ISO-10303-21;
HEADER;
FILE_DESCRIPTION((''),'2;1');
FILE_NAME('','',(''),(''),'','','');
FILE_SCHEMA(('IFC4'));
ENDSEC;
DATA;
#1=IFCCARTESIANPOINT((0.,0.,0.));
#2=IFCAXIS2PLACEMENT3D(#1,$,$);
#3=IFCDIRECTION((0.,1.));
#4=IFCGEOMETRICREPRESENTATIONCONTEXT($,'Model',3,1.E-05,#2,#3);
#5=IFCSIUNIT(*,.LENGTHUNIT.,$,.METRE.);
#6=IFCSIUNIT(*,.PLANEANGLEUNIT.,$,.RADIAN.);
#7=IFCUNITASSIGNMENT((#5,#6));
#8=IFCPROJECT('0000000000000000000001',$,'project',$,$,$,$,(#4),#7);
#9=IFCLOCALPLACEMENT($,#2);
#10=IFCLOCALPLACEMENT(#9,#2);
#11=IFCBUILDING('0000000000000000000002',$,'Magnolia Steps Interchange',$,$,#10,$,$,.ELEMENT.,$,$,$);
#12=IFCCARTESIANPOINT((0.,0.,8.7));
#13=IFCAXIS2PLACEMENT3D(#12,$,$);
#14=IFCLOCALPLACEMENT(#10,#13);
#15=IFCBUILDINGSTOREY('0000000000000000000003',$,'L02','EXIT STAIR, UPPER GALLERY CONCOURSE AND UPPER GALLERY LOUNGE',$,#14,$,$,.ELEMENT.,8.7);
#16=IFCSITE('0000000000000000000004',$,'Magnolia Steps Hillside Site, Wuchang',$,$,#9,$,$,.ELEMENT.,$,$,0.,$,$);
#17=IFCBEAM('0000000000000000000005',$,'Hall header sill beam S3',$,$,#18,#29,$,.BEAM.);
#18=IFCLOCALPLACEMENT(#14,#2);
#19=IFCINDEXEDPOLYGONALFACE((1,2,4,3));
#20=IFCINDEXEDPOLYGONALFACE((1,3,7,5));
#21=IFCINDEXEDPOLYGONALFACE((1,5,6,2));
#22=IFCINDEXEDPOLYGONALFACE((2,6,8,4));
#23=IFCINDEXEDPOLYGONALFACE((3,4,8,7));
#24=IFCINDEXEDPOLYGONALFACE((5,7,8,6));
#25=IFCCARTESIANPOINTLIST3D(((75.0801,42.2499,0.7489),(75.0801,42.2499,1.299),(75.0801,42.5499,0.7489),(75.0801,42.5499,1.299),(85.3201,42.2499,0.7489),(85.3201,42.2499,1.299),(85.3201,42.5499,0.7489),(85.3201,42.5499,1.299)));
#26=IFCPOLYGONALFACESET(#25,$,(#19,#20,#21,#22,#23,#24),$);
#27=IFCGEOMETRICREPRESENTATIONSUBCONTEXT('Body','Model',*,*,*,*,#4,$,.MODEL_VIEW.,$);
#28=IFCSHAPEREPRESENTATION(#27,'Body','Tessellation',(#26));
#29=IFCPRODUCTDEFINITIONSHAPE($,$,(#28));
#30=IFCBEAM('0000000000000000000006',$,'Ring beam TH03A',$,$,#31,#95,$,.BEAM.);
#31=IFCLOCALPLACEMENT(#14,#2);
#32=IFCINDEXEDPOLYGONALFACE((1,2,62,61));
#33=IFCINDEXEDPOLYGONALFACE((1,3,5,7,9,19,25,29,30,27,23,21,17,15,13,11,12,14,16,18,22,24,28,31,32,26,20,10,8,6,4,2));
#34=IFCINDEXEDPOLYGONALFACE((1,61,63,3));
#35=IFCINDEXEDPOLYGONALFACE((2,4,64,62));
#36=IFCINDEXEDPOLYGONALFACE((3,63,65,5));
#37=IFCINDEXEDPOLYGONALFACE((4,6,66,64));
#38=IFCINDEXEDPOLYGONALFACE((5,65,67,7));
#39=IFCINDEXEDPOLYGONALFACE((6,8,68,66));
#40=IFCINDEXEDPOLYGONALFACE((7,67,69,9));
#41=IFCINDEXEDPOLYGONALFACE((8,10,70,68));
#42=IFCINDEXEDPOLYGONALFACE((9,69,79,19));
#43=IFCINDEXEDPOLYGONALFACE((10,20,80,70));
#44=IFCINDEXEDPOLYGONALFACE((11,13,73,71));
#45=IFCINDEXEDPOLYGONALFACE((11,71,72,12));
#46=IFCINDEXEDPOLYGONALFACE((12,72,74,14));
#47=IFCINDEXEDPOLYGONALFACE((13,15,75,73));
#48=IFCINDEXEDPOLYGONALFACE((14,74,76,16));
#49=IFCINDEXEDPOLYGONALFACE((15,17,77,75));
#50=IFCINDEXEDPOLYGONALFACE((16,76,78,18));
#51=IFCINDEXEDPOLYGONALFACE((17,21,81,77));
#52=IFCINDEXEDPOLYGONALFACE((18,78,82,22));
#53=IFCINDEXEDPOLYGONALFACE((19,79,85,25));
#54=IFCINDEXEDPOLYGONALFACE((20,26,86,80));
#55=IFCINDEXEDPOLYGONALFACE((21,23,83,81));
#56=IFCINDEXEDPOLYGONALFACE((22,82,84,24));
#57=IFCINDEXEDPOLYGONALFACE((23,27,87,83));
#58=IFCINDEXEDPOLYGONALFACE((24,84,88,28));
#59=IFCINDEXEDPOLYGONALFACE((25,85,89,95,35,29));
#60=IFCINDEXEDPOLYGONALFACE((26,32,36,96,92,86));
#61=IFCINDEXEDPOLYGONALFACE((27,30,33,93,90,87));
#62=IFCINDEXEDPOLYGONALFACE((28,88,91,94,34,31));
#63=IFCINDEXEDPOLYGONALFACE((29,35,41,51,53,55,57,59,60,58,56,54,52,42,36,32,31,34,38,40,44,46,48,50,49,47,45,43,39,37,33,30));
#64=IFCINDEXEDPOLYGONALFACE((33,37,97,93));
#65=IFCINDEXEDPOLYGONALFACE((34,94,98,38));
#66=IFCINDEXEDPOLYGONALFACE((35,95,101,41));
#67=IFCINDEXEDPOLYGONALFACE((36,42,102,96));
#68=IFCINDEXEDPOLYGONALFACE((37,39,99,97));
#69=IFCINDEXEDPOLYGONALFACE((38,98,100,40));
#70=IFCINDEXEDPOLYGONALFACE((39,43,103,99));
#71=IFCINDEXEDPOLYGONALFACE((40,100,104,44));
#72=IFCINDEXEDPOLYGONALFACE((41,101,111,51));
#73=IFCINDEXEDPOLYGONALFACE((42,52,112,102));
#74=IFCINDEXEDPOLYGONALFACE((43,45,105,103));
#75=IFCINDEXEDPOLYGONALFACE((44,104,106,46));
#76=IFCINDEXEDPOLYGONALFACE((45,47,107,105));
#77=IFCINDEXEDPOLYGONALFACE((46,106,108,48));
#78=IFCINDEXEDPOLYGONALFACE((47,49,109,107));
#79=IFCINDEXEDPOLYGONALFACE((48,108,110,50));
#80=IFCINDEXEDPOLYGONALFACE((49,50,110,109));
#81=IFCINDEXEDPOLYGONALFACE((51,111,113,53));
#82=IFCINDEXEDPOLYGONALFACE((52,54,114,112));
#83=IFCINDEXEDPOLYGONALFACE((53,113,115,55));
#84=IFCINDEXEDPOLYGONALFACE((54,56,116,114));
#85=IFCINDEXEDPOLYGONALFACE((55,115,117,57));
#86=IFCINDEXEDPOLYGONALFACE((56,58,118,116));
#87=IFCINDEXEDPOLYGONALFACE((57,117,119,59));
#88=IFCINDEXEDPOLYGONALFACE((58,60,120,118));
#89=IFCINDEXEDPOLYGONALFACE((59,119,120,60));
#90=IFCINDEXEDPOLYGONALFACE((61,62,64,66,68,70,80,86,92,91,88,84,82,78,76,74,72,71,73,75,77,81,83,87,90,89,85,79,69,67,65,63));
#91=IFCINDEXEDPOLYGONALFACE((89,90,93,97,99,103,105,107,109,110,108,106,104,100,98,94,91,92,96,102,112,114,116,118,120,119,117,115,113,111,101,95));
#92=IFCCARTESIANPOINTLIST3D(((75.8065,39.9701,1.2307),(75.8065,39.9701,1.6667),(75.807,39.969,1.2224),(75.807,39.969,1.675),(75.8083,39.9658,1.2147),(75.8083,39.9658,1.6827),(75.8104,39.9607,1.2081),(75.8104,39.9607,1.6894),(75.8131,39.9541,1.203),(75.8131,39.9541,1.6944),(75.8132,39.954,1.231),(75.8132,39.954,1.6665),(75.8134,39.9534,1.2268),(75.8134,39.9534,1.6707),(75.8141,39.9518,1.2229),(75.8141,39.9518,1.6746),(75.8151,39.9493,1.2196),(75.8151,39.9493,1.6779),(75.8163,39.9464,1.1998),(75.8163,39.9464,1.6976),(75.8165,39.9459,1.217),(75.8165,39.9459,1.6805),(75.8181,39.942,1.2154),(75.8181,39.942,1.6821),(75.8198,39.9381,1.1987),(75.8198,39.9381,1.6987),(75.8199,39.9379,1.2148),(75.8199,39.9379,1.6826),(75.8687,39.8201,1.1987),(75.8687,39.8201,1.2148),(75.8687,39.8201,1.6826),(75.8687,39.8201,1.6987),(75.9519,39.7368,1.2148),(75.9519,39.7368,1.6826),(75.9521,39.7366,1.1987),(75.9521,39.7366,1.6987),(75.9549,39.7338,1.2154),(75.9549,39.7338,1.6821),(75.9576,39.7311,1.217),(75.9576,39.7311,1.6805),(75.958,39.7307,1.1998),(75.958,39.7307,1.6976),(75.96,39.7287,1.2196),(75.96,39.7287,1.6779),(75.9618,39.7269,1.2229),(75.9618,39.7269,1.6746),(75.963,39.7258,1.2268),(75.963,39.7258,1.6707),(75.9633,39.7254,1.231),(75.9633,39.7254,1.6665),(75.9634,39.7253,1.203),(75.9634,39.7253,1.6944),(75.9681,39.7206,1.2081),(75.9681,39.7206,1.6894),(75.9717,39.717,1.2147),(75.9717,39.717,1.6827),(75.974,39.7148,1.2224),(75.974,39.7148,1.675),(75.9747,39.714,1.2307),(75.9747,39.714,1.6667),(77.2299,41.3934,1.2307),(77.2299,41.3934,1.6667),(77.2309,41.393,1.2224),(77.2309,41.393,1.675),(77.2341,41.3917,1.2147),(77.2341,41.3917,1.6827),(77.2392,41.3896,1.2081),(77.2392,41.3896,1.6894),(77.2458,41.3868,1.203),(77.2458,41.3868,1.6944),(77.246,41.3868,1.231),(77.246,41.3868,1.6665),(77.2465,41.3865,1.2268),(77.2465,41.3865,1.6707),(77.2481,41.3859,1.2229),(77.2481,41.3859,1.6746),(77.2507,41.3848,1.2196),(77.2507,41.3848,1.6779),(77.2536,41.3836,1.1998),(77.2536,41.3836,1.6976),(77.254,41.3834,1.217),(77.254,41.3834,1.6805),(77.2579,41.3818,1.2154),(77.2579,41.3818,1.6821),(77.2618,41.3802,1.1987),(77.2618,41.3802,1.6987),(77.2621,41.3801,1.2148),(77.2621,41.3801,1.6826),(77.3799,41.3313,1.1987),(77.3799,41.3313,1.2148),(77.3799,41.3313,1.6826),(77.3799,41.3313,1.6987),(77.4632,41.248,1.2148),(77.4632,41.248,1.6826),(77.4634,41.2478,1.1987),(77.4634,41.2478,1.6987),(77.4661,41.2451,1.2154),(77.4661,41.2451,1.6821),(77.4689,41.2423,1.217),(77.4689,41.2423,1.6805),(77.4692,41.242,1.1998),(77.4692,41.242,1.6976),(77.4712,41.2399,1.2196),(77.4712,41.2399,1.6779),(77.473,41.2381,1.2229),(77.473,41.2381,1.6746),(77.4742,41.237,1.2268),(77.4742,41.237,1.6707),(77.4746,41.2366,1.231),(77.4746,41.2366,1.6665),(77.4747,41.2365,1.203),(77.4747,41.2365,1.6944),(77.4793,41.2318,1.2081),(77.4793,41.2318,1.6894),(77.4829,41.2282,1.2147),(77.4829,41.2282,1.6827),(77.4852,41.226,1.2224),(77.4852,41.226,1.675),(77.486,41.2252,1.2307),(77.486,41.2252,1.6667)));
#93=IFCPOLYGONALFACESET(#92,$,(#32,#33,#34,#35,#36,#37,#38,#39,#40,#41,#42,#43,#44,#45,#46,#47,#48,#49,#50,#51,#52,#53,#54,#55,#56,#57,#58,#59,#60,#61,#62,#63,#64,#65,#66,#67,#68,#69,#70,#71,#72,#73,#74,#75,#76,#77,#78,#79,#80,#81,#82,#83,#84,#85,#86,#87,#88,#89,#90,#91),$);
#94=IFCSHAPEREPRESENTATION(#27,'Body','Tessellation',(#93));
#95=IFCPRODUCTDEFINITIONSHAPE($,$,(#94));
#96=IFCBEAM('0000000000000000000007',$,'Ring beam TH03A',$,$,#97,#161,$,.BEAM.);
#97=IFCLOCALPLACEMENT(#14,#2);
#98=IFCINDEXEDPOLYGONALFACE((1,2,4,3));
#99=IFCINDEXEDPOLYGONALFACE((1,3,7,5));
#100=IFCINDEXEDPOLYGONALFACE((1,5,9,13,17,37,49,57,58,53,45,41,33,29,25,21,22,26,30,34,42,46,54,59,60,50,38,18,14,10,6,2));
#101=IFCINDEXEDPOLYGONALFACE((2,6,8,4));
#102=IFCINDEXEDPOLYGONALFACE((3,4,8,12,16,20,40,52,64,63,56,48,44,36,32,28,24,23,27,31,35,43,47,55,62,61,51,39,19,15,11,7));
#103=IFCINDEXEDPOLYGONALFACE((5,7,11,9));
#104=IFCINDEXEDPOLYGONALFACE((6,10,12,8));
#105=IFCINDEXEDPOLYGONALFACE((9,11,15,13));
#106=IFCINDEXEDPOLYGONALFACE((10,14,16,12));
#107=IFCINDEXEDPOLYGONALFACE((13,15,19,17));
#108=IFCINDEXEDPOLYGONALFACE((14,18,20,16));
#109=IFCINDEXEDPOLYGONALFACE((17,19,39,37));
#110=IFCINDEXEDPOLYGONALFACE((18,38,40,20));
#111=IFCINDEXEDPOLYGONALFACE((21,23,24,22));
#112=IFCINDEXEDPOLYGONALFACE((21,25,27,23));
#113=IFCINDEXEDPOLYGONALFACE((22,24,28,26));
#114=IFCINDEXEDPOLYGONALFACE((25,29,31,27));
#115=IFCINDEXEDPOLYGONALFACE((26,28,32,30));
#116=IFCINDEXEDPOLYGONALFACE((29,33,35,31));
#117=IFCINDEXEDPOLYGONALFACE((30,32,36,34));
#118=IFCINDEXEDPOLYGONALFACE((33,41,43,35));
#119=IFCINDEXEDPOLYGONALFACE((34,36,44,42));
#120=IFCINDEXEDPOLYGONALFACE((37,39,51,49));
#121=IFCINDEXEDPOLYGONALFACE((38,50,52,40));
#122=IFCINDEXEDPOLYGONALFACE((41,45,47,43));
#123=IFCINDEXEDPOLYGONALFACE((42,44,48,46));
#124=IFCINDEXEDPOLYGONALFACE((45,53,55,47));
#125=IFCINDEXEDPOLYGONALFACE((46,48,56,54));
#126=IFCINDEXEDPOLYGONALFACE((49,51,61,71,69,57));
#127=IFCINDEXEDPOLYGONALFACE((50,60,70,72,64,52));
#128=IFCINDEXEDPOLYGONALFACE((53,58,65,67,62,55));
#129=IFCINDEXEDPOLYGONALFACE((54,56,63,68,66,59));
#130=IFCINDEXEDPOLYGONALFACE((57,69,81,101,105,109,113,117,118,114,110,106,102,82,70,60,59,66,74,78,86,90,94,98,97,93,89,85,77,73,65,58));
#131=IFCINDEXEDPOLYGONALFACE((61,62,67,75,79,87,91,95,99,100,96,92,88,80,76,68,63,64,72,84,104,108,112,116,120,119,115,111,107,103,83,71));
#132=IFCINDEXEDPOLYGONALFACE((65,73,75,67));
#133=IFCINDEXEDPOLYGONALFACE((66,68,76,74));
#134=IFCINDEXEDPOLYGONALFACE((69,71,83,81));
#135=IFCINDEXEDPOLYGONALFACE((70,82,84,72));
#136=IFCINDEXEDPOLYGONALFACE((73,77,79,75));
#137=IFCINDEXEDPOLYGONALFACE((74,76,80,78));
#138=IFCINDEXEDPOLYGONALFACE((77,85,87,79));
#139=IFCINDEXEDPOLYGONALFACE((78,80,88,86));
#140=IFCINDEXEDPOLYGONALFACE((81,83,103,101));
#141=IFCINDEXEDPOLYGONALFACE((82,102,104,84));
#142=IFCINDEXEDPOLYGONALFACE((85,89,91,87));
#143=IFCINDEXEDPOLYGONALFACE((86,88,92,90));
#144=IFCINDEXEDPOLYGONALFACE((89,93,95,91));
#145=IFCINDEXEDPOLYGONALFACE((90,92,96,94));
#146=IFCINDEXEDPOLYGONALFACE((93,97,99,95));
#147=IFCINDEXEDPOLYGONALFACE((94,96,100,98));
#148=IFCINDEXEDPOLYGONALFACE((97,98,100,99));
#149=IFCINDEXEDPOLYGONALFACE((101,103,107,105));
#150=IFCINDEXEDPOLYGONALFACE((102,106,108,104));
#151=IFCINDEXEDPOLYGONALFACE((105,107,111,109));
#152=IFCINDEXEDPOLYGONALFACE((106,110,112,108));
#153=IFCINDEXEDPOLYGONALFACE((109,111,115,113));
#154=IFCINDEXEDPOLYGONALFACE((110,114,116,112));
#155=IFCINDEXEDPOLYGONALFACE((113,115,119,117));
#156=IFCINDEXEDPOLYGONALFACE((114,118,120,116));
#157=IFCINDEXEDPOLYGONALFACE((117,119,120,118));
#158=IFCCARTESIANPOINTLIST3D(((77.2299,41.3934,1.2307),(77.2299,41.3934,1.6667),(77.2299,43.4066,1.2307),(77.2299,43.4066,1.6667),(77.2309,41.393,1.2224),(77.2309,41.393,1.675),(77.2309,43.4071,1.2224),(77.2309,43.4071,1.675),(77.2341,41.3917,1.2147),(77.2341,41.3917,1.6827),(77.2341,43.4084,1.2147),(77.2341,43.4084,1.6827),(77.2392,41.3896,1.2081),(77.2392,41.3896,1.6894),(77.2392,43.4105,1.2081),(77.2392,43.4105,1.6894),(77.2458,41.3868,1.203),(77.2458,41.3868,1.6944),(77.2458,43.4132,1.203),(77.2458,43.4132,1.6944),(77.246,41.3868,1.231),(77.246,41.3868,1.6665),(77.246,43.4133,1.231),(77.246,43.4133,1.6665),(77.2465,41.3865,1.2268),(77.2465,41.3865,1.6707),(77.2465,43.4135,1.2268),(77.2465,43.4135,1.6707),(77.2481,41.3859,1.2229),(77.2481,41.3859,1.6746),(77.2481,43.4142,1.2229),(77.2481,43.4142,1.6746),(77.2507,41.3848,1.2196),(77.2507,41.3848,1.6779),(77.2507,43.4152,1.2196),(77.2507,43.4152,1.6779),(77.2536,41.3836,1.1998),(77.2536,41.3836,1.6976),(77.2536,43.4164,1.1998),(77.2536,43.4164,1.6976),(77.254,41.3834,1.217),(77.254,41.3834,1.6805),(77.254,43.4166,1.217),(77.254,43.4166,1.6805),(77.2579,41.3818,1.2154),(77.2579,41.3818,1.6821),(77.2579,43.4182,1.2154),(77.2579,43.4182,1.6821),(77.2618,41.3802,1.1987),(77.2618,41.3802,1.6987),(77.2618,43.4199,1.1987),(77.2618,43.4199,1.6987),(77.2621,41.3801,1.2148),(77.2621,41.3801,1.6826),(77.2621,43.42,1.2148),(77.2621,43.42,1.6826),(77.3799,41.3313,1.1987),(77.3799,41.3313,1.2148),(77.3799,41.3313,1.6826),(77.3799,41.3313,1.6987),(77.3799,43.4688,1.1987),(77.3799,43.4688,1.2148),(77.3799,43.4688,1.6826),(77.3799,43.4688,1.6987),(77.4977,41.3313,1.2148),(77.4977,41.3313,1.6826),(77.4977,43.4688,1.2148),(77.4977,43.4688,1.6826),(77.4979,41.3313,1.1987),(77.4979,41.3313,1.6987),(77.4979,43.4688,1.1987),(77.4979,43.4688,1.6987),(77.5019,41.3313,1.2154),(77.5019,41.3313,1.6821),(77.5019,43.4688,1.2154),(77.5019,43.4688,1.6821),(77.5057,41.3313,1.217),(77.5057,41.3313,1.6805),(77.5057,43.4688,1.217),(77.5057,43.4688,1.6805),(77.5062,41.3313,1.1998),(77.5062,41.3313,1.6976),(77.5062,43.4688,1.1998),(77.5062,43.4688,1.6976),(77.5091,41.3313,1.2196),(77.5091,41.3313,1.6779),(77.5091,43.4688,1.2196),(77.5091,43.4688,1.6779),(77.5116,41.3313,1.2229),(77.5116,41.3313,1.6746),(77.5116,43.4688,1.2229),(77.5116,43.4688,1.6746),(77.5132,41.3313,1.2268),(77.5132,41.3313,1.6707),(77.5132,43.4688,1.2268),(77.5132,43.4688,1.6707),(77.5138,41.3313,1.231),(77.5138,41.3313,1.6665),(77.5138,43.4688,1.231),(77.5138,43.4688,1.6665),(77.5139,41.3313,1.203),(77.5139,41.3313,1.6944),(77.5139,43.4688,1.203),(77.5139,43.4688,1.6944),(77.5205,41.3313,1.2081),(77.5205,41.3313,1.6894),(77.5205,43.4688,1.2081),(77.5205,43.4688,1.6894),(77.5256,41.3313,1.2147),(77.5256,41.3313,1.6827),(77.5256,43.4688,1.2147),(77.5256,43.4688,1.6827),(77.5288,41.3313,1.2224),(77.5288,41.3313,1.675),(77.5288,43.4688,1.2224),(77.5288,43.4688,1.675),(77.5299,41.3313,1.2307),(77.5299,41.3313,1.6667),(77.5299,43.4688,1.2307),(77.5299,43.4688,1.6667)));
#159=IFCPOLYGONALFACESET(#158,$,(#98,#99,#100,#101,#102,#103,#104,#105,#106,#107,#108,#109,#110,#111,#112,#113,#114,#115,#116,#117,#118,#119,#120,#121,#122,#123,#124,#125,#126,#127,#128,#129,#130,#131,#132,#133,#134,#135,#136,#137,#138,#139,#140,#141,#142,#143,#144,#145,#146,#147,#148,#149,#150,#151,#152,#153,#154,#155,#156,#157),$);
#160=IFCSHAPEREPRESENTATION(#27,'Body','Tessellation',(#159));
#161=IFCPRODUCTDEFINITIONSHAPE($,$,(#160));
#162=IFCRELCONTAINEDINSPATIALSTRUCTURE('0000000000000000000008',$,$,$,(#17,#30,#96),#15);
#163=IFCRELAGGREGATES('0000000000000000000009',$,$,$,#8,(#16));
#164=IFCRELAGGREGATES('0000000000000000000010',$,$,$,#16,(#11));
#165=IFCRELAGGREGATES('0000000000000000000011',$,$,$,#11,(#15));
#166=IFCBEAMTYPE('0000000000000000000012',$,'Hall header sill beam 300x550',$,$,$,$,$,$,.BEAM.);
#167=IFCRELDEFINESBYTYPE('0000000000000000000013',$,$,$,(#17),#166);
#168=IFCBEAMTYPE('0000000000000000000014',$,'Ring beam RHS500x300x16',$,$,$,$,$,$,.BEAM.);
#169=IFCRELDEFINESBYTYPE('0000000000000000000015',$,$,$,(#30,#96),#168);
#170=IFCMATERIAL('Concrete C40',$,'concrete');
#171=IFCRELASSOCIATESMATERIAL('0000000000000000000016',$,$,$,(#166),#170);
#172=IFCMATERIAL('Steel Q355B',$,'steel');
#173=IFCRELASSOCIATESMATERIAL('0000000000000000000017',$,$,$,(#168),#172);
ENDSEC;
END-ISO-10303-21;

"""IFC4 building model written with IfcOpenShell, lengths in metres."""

from ifc_helpers import new_model, si_unit, direction, frame, origin, origin_2d, place, context, subcontext, project, spatial, rectangle, hollow_rectangle, extrude, clip, halfspace, material, material_profile, profile_set, type_object, element, save


model = new_model("IFC4")

# Units and contexts
model_context = context("Model", 3, precision=1e-05, world=origin(), true_north=direction((0.0, 1.0)))
body_context = subcontext(model_context, "Body", "Model", "MODEL_VIEW")
ifc_project = project(units=[si_unit("LENGTHUNIT", "METRE"), si_unit("PLANEANGLEUNIT", "RADIAN")], contexts=[model_context])

# Site, building, storey
site_placement = place(None, origin())
site = spatial("IfcSite", under=ifc_project, at=site_placement, Name="Magnolia Steps Hillside Site, Wuchang", CompositionType="ELEMENT", RefElevation=0.0)
building_placement = place(site_placement, origin())
building = spatial("IfcBuilding", under=site, at=building_placement, Name="Magnolia Steps Interchange", CompositionType="ELEMENT")
storey_placement = place(building_placement, frame((0.0, 0.0, 8.7)))
storey = spatial("IfcBuildingStorey", under=building, at=storey_placement, Name="L02", Description="EXIT STAIR, UPPER GALLERY CONCOURSE AND UPPER GALLERY LOUNGE", CompositionType="ELEMENT", Elevation=8.7)

# Beams
ifc_material_1 = material(Name="Concrete C40", Category="concrete")
ifc_material_profile_1 = material_profile(ifc_material_1, rectangle(XDim=0.3, YDim=0.55, at=origin_2d()), Name="RC300x550")
ifc_profile_set_1 = profile_set([ifc_material_profile_1], Name="Concrete C40")
beam_type_1 = type_object("IfcBeamType", Name="Hall header sill beam 300x550", PredefinedType="BEAM", material=ifc_profile_set_1)
beam_1_placement = place(storey_placement, frame((75.0801, 42.3999, 1.0239), z_axis=(1.0, 0.0, 0.0), x_axis=(0.0, 1.0, 0.0)))
element("IfcBeam", 1, at=beam_1_placement, inside=storey, type_object=beam_type_1, Name="Hall header sill beam S3", PredefinedType="BEAM", context=body_context, shape_type="SweptSolid", body=[
    extrude(rectangle(XDim=0.3, YDim=0.55, at=origin_2d()), origin(), (0.0, 0.0, 1.0), 10.24),
])
ifc_material_2 = material(Name="Steel Q355B", Category="steel")
ifc_material_profile_2 = material_profile(ifc_material_2, hollow_rectangle(XDim=0.3, YDim=0.5, WallThickness=0.0161, InnerFilletRadius=0.0161, OuterFilletRadius=0.032, at=origin_2d()), Name="RHS500x300x16")
ifc_profile_set_2 = profile_set([ifc_material_profile_2], Name="Steel Q355B")
beam_type_2 = type_object("IfcBeamType", Name="Ring beam RHS500x300x16", PredefinedType="BEAM", material=ifc_profile_set_2)
beam_2_placement = place(storey_placement, frame((75.8687, 39.8201, 1.4487), z_axis=(0.707107, 0.707107, 0.0), x_axis=(-0.707107, 0.707107, 0.0)))
element("IfcBeam", 2, at=beam_2_placement, inside=storey, type_object=beam_type_2, Name="Ring beam TH03A", PredefinedType="BEAM", context=body_context, shape_type="Clipping", body=[
    clip(clip(extrude(hollow_rectangle(XDim=0.3, YDim=0.5, WallThickness=0.0161, InnerFilletRadius=0.0161, OuterFilletRadius=0.032, at=origin_2d()), origin(), (0.0, 0.0, 1.0), 2.1372), halfspace(frame((0.0, 0.0, 0.0), z_axis=(0.382683, 0.0, -0.92388), x_axis=(0.92388, 0.0, 0.382683)), False)), halfspace(frame((0.0, 0.0, 2.1372), z_axis=(0.382683, 0.0, 0.92388), x_axis=(0.92388, 0.0, -0.382683)), False)),
])
beam_3_placement = place(storey_placement, frame((77.3799, 41.3313, 1.4487), z_axis=(0.0, 1.0, 0.0), x_axis=(-1.0, 0.0, 0.0)))
element("IfcBeam", 3, at=beam_3_placement, inside=storey, type_object=beam_type_2, Name="Ring beam TH03A", PredefinedType="BEAM", context=body_context, shape_type="Clipping", body=[
    clip(clip(extrude(hollow_rectangle(XDim=0.3, YDim=0.5, WallThickness=0.0161, InnerFilletRadius=0.0161, OuterFilletRadius=0.032, at=origin_2d()), origin(), (0.0, 0.0, 1.0), 2.1375), halfspace(frame((0.0, 0.0, 0.0), z_axis=(0.382683, 0.0, -0.92388), x_axis=(0.92388, 0.0, 0.382683)), False)), halfspace(frame((0.0, 0.0, 2.1375), z_axis=(0.382683, 0.0, 0.92388), x_axis=(0.92388, 0.0, -0.382683)), False)),
])

save(model, "model.ifc")
